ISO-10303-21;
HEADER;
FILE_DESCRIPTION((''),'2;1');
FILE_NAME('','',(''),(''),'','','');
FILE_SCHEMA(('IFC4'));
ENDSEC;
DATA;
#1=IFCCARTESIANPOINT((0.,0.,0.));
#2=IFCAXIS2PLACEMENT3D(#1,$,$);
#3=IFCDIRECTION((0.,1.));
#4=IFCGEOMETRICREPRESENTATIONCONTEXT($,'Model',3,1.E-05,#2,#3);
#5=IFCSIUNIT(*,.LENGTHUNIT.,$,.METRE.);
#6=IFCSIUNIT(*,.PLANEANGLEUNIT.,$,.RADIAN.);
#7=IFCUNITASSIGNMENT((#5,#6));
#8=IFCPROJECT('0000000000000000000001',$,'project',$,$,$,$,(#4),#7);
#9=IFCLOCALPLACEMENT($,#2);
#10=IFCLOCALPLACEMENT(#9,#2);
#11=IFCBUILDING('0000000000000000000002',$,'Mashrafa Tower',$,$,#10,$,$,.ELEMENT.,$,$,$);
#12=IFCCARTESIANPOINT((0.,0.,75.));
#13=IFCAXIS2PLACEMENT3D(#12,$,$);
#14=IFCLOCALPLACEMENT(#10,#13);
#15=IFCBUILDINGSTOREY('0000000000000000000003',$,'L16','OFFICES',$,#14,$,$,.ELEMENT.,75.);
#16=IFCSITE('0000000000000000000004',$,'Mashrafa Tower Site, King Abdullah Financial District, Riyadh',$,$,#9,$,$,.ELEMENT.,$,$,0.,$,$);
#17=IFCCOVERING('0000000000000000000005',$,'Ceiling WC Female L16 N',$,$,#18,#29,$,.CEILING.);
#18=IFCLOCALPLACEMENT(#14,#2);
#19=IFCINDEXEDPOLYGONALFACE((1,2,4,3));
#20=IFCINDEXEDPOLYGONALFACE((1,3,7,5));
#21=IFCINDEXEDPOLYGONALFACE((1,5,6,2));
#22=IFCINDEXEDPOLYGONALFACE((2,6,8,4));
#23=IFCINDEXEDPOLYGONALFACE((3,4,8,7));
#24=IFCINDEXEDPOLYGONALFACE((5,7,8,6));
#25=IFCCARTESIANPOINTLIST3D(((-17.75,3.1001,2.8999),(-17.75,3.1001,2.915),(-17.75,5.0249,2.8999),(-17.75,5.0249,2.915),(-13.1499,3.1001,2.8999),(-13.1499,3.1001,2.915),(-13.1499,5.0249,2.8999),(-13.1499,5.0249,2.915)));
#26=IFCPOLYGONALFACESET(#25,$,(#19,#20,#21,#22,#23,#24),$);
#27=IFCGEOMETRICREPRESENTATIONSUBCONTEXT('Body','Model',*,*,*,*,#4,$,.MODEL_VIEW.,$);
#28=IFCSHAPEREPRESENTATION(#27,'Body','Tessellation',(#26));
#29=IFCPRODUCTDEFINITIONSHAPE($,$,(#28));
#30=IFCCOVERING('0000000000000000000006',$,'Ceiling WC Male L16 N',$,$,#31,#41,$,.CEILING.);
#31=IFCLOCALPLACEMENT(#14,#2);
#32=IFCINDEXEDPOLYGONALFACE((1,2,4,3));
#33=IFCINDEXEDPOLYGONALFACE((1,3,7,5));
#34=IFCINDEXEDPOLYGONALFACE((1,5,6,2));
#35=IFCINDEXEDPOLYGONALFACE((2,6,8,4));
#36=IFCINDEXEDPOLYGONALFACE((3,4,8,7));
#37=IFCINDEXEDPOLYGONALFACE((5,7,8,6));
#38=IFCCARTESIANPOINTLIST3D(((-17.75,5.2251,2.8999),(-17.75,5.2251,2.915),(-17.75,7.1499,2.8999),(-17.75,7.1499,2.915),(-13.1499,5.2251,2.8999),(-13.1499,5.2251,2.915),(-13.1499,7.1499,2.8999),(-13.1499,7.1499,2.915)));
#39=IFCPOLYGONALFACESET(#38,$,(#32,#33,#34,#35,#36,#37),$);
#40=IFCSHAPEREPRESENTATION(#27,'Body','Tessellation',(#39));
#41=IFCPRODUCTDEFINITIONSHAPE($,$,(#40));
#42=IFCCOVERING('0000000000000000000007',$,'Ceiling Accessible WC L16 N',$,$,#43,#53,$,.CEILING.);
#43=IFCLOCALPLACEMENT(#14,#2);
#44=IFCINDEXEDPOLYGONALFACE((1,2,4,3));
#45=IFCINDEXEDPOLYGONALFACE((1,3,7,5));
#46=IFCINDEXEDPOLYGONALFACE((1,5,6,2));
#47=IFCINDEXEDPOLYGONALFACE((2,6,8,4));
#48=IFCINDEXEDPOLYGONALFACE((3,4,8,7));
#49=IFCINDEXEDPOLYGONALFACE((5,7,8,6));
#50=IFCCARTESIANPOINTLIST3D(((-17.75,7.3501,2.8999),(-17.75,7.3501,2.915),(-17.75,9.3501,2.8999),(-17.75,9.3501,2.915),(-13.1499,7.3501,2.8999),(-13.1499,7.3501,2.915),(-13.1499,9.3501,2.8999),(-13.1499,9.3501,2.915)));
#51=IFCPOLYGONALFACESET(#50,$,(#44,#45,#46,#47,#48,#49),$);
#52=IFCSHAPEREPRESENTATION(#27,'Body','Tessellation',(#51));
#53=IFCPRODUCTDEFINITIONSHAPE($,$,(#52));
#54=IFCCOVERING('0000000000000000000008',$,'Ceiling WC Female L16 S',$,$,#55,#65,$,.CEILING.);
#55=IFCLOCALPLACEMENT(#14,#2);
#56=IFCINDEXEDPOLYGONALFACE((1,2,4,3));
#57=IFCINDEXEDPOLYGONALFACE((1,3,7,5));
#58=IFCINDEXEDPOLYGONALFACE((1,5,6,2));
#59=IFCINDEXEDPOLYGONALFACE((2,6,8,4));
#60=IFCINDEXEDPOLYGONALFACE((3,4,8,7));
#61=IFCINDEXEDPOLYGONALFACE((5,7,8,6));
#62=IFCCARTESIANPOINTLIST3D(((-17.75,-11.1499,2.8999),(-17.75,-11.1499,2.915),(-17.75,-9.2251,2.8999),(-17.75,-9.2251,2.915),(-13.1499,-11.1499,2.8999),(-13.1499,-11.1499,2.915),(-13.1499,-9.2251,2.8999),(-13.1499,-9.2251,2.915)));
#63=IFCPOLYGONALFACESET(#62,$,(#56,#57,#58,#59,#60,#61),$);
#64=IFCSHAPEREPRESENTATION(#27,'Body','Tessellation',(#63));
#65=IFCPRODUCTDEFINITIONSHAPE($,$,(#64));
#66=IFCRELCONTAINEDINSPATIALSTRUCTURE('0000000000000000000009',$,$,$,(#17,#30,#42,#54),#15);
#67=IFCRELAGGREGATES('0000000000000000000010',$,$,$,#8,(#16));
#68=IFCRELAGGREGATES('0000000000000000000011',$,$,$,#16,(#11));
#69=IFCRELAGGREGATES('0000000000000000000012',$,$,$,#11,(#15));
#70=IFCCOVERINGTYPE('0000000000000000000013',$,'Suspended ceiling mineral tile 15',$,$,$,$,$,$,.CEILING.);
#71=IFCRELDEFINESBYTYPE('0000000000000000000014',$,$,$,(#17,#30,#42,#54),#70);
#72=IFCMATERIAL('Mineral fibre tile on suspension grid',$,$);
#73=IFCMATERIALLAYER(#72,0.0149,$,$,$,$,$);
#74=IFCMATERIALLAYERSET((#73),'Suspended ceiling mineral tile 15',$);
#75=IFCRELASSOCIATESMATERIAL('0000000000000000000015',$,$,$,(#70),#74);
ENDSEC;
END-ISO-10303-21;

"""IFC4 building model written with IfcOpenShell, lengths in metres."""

from ifc_helpers import new_model, si_unit, direction, frame, origin, place, context, subcontext, project, spatial, polyline, outline, extrude, material, layer, layer_set, type_object, element, save


model = new_model("IFC4")

# Units and contexts
model_context = context("Model", 3, precision=1e-05, world=origin(), true_north=direction((0.0, 1.0)))
body_context = subcontext(model_context, "Body", "Model", "MODEL_VIEW")
ifc_project = project(units=[si_unit("LENGTHUNIT", "METRE"), si_unit("PLANEANGLEUNIT", "RADIAN")], contexts=[model_context])

# Site, building, storey
site_placement = place(None, origin())
site = spatial("IfcSite", under=ifc_project, at=site_placement, Name="Mashrafa Tower Site, King Abdullah Financial District, Riyadh", CompositionType="ELEMENT", RefElevation=0.0)
building_placement = place(site_placement, origin())
building = spatial("IfcBuilding", under=site, at=building_placement, Name="Mashrafa Tower", CompositionType="ELEMENT")
storey_placement = place(building_placement, frame((0.0, 0.0, 75.0)))
storey = spatial("IfcBuildingStorey", under=building, at=storey_placement, Name="L16", Description="OFFICES", CompositionType="ELEMENT", Elevation=75.0)

# Coverings
ifc_material_1 = material(Name="Mineral fibre tile on suspension grid")
ifc_layer_1 = layer(ifc_material_1, 0.0149)
ifc_layer_set_1 = layer_set([ifc_layer_1], Name="Suspended ceiling mineral tile 15")
covering_type_1 = type_object("IfcCoveringType", Name="Suspended ceiling mineral tile 15", PredefinedType="CEILING", material=ifc_layer_set_1)
covering_1_placement = place(storey_placement, frame((0.0, 0.0, 2.8999)))
element("IfcCovering", 1, at=covering_1_placement, inside=storey, type_object=covering_type_1, Name="Ceiling WC Female L16 N", PredefinedType="CEILING", context=body_context, shape_type="SweptSolid", body=[
    extrude(outline(polyline([(-17.75, 3.1001), (-17.75, 5.0249), (-13.1499, 5.0249), (-13.1499, 3.1001), (-17.75, 3.1001)])), origin(), (0.0, 0.0, 1.0), 0.0151),
])
covering_2_placement = place(storey_placement, frame((0.0, 0.0, 2.8999)))
element("IfcCovering", 2, at=covering_2_placement, inside=storey, type_object=covering_type_1, Name="Ceiling WC Male L16 N", PredefinedType="CEILING", context=body_context, shape_type="SweptSolid", body=[
    extrude(outline(polyline([(-17.75, 5.2251), (-17.75, 7.1499), (-13.1499, 7.1499), (-13.1499, 5.2251), (-17.75, 5.2251)])), origin(), (0.0, 0.0, 1.0), 0.0151),
])
covering_3_placement = place(storey_placement, frame((0.0, 0.0, 2.8999)))
element("IfcCovering", 3, at=covering_3_placement, inside=storey, type_object=covering_type_1, Name="Ceiling Accessible WC L16 N", PredefinedType="CEILING", context=body_context, shape_type="SweptSolid", body=[
    extrude(outline(polyline([(-17.75, 7.3501), (-17.75, 9.3501), (-13.1499, 9.3501), (-13.1499, 7.3501), (-17.75, 7.3501)])), origin(), (0.0, 0.0, 1.0), 0.0151),
])
covering_4_placement = place(storey_placement, frame((0.0, 0.0, 2.8999)))
element("IfcCovering", 4, at=covering_4_placement, inside=storey, type_object=covering_type_1, Name="Ceiling WC Female L16 S", PredefinedType="CEILING", context=body_context, shape_type="SweptSolid", body=[
    extrude(outline(polyline([(-17.75, -11.1499), (-17.75, -9.2251), (-13.1499, -9.2251), (-13.1499, -11.1499), (-17.75, -11.1499)])), origin(), (0.0, 0.0, 1.0), 0.0151),
])

save(model, "model.ifc")
